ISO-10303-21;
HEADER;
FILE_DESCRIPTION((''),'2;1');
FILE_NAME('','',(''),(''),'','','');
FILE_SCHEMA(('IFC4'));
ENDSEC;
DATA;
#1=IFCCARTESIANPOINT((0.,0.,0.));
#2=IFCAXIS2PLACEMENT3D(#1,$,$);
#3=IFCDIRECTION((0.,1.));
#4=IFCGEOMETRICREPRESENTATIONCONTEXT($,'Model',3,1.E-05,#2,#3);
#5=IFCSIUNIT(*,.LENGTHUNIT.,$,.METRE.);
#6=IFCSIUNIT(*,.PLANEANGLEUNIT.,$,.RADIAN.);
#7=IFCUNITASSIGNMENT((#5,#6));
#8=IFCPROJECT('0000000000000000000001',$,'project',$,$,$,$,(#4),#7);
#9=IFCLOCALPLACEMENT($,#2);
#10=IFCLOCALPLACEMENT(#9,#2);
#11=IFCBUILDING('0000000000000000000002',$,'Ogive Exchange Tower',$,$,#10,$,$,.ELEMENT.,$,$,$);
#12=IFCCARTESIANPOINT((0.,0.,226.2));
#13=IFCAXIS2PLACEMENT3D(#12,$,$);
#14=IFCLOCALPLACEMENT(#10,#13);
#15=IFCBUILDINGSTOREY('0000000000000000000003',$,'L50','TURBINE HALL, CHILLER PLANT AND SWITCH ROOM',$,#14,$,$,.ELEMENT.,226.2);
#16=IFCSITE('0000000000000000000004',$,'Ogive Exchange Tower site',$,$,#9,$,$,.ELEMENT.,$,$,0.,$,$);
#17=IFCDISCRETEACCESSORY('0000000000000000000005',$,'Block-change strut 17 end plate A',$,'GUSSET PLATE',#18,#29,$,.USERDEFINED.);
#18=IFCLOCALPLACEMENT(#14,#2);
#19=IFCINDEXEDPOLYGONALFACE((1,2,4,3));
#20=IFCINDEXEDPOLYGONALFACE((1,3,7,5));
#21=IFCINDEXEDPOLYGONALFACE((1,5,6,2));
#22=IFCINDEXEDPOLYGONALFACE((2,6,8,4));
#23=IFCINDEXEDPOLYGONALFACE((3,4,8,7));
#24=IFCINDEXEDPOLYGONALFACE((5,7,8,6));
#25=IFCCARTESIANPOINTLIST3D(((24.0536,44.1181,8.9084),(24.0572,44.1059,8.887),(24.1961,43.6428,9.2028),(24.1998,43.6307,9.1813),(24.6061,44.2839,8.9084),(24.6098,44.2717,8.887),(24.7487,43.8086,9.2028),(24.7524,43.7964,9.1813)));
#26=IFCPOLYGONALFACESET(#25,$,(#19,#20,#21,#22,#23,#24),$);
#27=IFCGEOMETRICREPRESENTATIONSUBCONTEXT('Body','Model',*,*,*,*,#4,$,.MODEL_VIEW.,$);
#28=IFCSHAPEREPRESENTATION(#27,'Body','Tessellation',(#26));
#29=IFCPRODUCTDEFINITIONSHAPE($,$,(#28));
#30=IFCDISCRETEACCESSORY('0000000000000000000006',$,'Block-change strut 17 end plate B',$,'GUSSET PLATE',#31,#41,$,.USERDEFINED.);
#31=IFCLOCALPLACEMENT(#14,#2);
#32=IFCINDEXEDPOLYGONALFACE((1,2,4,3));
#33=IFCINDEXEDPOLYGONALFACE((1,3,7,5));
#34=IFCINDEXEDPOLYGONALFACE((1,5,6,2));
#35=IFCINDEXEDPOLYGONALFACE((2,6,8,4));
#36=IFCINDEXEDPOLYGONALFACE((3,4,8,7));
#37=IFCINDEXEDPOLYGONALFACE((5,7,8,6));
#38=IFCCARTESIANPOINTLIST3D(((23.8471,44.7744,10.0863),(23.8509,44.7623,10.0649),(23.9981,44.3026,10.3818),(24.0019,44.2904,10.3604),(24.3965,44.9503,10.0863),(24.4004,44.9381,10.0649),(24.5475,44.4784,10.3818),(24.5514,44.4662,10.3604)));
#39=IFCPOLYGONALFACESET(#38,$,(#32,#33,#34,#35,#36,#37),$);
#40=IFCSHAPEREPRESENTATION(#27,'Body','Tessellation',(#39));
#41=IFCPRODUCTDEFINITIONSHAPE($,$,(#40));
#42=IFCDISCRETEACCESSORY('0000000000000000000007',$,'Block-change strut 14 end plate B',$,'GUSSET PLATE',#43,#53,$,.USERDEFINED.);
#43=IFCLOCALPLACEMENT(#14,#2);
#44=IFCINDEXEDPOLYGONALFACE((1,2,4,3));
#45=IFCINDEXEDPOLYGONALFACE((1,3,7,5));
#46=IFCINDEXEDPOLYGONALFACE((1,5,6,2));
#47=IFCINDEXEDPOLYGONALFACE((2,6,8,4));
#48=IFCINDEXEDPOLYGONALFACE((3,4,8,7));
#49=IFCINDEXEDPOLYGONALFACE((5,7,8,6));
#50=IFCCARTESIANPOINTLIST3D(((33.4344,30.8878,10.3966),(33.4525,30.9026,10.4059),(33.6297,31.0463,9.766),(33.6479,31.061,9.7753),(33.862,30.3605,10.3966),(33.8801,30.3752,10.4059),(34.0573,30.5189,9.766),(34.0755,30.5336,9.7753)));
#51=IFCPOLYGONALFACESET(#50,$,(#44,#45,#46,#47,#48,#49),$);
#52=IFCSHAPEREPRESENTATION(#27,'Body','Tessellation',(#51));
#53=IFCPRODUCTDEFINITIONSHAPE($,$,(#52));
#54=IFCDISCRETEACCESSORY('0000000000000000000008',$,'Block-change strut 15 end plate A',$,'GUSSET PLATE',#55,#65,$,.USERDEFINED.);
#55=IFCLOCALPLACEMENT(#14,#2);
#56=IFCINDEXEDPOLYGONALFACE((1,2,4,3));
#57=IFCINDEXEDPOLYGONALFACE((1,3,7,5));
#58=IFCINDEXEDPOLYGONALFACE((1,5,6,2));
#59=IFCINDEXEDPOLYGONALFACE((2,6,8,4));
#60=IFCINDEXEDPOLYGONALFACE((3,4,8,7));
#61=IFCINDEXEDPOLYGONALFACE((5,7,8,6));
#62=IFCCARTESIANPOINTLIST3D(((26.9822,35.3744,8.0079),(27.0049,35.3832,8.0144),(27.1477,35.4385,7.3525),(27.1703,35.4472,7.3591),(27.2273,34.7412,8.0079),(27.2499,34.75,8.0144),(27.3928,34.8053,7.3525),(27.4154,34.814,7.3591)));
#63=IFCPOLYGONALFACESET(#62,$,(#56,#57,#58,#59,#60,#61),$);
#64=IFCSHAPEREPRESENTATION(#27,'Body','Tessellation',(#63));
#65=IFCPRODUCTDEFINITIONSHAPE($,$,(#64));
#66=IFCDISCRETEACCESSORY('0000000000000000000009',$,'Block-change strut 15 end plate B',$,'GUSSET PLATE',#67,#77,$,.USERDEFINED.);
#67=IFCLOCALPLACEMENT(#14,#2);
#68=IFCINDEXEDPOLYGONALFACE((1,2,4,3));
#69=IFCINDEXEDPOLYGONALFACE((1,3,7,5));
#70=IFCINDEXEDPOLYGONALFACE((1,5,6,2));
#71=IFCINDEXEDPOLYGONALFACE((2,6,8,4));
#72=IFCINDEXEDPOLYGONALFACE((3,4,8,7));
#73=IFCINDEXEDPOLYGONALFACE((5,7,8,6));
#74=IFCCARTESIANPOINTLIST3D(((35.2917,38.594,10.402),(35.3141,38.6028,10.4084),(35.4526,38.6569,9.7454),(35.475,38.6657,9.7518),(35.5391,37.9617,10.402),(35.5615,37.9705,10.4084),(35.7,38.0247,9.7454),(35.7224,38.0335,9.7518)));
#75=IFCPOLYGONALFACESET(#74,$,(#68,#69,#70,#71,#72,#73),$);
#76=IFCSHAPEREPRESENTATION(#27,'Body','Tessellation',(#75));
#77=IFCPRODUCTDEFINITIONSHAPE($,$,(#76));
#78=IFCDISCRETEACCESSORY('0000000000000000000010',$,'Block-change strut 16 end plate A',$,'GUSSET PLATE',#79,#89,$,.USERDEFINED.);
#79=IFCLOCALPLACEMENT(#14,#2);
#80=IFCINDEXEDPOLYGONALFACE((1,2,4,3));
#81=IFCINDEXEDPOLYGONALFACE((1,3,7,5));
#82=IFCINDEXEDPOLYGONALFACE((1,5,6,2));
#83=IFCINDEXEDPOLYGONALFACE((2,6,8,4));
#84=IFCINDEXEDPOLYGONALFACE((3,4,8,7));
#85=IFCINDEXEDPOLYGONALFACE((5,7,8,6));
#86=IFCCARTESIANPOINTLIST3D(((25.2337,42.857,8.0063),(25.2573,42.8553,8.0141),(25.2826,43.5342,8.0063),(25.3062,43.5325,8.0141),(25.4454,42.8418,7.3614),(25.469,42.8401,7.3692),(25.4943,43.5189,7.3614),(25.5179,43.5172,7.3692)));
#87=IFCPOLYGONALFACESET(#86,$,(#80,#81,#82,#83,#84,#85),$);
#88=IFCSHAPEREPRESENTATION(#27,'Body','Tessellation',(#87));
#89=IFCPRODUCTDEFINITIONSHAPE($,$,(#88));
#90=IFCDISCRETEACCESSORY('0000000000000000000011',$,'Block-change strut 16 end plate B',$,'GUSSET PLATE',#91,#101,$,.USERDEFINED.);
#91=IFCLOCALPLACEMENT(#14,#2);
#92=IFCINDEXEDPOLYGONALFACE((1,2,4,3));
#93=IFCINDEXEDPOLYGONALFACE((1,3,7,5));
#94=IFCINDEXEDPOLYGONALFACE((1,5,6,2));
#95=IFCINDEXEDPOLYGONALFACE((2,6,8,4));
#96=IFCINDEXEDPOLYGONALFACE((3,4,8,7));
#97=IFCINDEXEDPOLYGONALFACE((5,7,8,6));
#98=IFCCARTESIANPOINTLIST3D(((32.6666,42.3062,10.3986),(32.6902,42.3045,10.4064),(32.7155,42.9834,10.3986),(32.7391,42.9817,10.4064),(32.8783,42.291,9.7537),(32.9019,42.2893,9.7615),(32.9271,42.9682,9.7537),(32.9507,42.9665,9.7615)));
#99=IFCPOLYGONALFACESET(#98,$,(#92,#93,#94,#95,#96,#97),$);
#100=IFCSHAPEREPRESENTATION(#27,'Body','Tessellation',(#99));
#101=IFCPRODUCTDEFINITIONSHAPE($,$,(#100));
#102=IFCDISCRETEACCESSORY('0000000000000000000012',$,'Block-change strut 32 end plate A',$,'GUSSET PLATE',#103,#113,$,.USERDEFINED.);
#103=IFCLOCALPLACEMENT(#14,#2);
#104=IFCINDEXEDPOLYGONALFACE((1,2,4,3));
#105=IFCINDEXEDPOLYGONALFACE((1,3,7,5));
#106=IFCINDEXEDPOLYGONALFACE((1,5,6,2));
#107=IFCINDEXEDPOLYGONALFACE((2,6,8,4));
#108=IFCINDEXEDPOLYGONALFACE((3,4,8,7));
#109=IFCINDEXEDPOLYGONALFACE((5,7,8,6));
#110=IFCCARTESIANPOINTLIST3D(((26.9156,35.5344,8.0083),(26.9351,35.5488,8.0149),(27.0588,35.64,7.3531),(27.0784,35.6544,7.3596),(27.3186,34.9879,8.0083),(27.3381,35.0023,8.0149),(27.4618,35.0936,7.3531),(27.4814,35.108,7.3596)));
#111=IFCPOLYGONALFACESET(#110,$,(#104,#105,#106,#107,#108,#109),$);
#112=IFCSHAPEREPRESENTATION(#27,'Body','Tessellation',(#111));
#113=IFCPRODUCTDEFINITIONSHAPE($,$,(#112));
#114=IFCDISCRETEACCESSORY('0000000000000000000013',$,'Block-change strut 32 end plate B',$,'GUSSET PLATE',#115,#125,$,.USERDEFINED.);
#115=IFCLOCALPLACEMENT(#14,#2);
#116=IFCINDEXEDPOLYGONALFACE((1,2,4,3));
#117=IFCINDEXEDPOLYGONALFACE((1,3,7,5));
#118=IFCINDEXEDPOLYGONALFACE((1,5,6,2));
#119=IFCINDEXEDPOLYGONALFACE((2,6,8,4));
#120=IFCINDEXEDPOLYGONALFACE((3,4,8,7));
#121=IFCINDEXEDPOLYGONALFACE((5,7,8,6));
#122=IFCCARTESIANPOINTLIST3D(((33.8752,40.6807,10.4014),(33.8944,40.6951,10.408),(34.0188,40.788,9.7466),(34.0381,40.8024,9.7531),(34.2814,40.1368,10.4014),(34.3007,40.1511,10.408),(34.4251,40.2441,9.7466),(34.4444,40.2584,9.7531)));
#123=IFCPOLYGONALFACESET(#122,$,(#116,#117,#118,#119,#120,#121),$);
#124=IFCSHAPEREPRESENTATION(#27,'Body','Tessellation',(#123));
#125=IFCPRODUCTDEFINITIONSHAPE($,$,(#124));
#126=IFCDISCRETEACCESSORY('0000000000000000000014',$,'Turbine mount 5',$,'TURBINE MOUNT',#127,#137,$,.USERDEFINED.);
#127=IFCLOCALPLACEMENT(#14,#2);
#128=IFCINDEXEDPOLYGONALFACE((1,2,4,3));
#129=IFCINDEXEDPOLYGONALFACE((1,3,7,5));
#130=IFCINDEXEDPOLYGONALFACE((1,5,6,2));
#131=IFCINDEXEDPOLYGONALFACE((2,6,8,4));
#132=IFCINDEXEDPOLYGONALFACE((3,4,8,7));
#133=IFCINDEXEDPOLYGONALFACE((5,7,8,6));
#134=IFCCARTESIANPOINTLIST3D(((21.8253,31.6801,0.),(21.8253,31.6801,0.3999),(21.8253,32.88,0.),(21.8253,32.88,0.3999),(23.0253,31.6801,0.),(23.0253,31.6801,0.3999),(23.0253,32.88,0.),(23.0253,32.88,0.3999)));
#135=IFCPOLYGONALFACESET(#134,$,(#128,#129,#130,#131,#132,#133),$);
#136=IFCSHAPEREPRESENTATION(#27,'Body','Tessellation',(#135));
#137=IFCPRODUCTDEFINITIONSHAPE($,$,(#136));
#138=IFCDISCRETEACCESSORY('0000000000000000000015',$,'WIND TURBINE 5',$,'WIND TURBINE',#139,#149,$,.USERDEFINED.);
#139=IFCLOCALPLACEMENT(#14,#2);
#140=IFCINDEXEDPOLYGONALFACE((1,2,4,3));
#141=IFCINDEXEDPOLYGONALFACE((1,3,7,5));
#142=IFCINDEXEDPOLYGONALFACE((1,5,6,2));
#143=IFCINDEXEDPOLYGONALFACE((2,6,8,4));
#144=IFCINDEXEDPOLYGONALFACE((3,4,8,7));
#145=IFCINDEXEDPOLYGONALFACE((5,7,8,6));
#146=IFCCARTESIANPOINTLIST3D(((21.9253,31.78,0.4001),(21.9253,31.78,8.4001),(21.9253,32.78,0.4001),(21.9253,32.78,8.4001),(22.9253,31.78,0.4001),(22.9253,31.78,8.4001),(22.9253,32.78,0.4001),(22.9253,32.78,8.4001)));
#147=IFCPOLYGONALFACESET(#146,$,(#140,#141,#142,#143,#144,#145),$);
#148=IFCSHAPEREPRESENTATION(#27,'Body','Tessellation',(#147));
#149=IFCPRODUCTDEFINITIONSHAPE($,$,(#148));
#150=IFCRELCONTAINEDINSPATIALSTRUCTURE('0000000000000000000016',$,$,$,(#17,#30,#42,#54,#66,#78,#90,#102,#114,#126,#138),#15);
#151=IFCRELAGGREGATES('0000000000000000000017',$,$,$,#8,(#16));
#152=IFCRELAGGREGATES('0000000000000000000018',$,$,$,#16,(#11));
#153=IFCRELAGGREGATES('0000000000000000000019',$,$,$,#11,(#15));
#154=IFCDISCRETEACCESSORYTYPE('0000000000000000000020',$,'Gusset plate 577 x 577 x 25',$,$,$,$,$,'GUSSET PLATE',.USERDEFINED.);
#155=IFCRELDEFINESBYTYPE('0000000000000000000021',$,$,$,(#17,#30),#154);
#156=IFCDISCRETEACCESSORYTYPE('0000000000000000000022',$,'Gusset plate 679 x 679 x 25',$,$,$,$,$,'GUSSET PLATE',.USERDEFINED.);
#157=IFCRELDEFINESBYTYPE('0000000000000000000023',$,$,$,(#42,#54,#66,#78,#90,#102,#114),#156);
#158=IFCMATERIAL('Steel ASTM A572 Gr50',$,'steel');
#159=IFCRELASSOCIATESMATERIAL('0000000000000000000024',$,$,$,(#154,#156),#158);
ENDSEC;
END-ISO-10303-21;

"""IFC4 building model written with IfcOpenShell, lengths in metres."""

from ifc_helpers import new_model, si_unit, direction, frame, origin, origin_2d, place, context, subcontext, project, spatial, rectangle, extrude, material, material_profile, profile_set, type_object, element, save


model = new_model("IFC4")

# Units and contexts
model_context = context("Model", 3, precision=1e-05, world=origin(), true_north=direction((0.0, 1.0)))
body_context = subcontext(model_context, "Body", "Model", "MODEL_VIEW")
ifc_project = project(units=[si_unit("LENGTHUNIT", "METRE"), si_unit("PLANEANGLEUNIT", "RADIAN")], contexts=[model_context])

# Site, building, storey
site_placement = place(None, origin())
site = spatial("IfcSite", under=ifc_project, at=site_placement, Name="Ogive Exchange Tower site", CompositionType="ELEMENT", RefElevation=0.0)
building_placement = place(site_placement, origin())
building = spatial("IfcBuilding", under=site, at=building_placement, Name="Ogive Exchange Tower", CompositionType="ELEMENT")
storey_placement = place(building_placement, frame((0.0, 0.0, 226.2)))
storey = spatial("IfcBuildingStorey", under=building, at=storey_placement, Name="L50", Description="TURBINE HALL, CHILLER PLANT AND SWITCH ROOM", CompositionType="ELEMENT", Elevation=226.2)

# Discrete accessories
ifc_material_1 = material(Name="Steel ASTM A572 Gr50", Category="steel")
ifc_material_profile_1 = material_profile(ifc_material_1, rectangle(XDim=0.5769, YDim=0.5769, at=origin_2d()), Name="PL 577 x 577 x 25")
ifc_profile_set_1 = profile_set([ifc_material_profile_1], Name="Steel ASTM A572 Gr50")
discrete_accessory_type_1 = type_object("IfcDiscreteAccessoryType", Name="Gusset plate 577 x 577 x 25", ElementType="GUSSET PLATE", PredefinedType="USERDEFINED", material=ifc_profile_set_1)
for number, where, z_axis, x_axis, name in (
    (1, (24.4048, 43.9512, 9.0342), (-0.146602, 0.488672, 0.860063), (-0.957826, -0.287348, 0.0), "Block-change strut 17 end plate A"),
    (2, (24.2012, 44.6143, 10.2126), (-0.156144, 0.48795, 0.858792), (-0.952424, -0.304776, 0.0), "Block-change strut 17 end plate B"),
):
    element("IfcDiscreteAccessory", number, at=place(storey_placement, frame(where, z_axis=z_axis, x_axis=x_axis)), inside=storey, type_object=discrete_accessory_type_1, Name=name, ObjectType="GUSSET PLATE", PredefinedType="USERDEFINED", context=body_context, shape_type="SweptSolid", body=[
        extrude(rectangle(XDim=0.5769, YDim=0.5769, at=origin_2d()), origin(), (0.0, 0.0, 1.0), 0.0249),
    ])
ifc_material_profile_2 = material_profile(ifc_material_1, rectangle(XDim=0.679, YDim=0.679, at=origin_2d()), Name="PL 679 x 679 x 25")
ifc_profile_set_2 = profile_set([ifc_material_profile_2], Name="Steel ASTM A572 Gr50")
discrete_accessory_type_2 = type_object("IfcDiscreteAccessoryType", Name="Gusset plate 679 x 679 x 25", ElementType="GUSSET PLATE", PredefinedType="USERDEFINED", material=ifc_profile_set_2)
for number, where, z_axis, x_axis, name in (
    (3, (33.7458, 30.7034, 10.0813), (0.721479, 0.584983, 0.370489), (-0.629802, 0.776756, 0.0), "Block-change strut 14 end plate B"),
    (4, (27.1875, 35.0898, 7.6802), (0.900159, 0.348449, 0.261337), (-0.360994, 0.932568, 0.0), "Block-change strut 15 end plate A"),
):
    element("IfcDiscreteAccessory", number, at=place(storey_placement, frame(where, z_axis=z_axis, x_axis=x_axis)), inside=storey, type_object=discrete_accessory_type_2, Name=name, ObjectType="GUSSET PLATE", PredefinedType="USERDEFINED", context=body_context, shape_type="SweptSolid", body=[
        extrude(rectangle(XDim=0.679, YDim=0.679, at=origin_2d()), origin(), (0.0, 0.0, 1.0), 0.0251),
    ])
for number, where, z_axis, x_axis, name in (
    (5, (35.4958, 38.3093, 10.0737), (0.900577, 0.3524, 0.254511), (-0.364399, 0.931243, 0.0), "Block-change strut 15 end plate B"),
    (6, (25.364, 43.188, 7.6838), (0.947436, -0.068372, 0.312556), (0.071978, 0.997406, 0.0), "Block-change strut 16 end plate A"),
    (7, (32.7969, 42.6372, 10.0762), (0.947436, -0.068372, 0.312556), (0.071978, 0.997406, 0.0), "Block-change strut 16 end plate B"),
):
    element("IfcDiscreteAccessory", number, at=place(storey_placement, frame(where, z_axis=z_axis, x_axis=x_axis)), inside=storey, type_object=discrete_accessory_type_2, Name=name, ObjectType="GUSSET PLATE", PredefinedType="USERDEFINED", context=body_context, shape_type="SweptSolid", body=[
        extrude(rectangle(XDim=0.679, YDim=0.679, at=origin_2d()), origin(), (0.0, 0.0, 1.0), 0.0249),
    ])
discrete_accessory_1_placement = place(storey_placement, frame((27.1887, 35.314, 7.6807), z_axis=(0.776662, 0.572789, 0.262124), x_axis=(-0.593542, 0.804803, 0.0)))
element("IfcDiscreteAccessory", 8, at=discrete_accessory_1_placement, inside=storey, type_object=discrete_accessory_type_2, Name="Block-change strut 32 end plate A", ObjectType="GUSSET PLATE", PredefinedType="USERDEFINED", context=body_context, shape_type="SweptSolid", body=[
    extrude(rectangle(XDim=0.679, YDim=0.679, at=origin_2d()), origin(), (0.0, 0.0, 1.0), 0.0251),
])
discrete_accessory_2_placement = place(storey_placement, frame((34.1501, 40.4624, 10.074), z_axis=(0.772766, 0.577129, 0.26411), x_axis=(-0.598376, 0.801215, 0.0)))
element("IfcDiscreteAccessory", 9, at=discrete_accessory_2_placement, inside=storey, type_object=discrete_accessory_type_2, Name="Block-change strut 32 end plate B", ObjectType="GUSSET PLATE", PredefinedType="USERDEFINED", context=body_context, shape_type="SweptSolid", body=[
    extrude(rectangle(XDim=0.679, YDim=0.679, at=origin_2d()), origin(), (0.0, 0.0, 1.0), 0.0249),
])
discrete_accessory_3_placement = place(storey_placement, frame((22.4253, 32.28, 0.0), z_axis=(0.0, 0.0, 1.0), x_axis=(1.0, 0.0, 0.0)))
element("IfcDiscreteAccessory", 10, at=discrete_accessory_3_placement, inside=storey, Name="Turbine mount 5", ObjectType="TURBINE MOUNT", PredefinedType="USERDEFINED", context=body_context, shape_type="SweptSolid", body=[
    extrude(rectangle(XDim=1.2, YDim=1.2, at=origin_2d()), origin(), (0.0, 0.0, 1.0), 0.3999),
])
discrete_accessory_4_placement = place(storey_placement, frame((22.4253, 32.28, 0.4001), z_axis=(0.0, 0.0, 1.0), x_axis=(1.0, 0.0, 0.0)))
element("IfcDiscreteAccessory", 11, at=discrete_accessory_4_placement, inside=storey, Name="WIND TURBINE 5", ObjectType="WIND TURBINE", PredefinedType="USERDEFINED", context=body_context, shape_type="SweptSolid", body=[
    extrude(rectangle(XDim=1.0, YDim=1.0, at=origin_2d()), origin(), (0.0, 0.0, 1.0), 8.0),
])

save(model, "model.ifc")
